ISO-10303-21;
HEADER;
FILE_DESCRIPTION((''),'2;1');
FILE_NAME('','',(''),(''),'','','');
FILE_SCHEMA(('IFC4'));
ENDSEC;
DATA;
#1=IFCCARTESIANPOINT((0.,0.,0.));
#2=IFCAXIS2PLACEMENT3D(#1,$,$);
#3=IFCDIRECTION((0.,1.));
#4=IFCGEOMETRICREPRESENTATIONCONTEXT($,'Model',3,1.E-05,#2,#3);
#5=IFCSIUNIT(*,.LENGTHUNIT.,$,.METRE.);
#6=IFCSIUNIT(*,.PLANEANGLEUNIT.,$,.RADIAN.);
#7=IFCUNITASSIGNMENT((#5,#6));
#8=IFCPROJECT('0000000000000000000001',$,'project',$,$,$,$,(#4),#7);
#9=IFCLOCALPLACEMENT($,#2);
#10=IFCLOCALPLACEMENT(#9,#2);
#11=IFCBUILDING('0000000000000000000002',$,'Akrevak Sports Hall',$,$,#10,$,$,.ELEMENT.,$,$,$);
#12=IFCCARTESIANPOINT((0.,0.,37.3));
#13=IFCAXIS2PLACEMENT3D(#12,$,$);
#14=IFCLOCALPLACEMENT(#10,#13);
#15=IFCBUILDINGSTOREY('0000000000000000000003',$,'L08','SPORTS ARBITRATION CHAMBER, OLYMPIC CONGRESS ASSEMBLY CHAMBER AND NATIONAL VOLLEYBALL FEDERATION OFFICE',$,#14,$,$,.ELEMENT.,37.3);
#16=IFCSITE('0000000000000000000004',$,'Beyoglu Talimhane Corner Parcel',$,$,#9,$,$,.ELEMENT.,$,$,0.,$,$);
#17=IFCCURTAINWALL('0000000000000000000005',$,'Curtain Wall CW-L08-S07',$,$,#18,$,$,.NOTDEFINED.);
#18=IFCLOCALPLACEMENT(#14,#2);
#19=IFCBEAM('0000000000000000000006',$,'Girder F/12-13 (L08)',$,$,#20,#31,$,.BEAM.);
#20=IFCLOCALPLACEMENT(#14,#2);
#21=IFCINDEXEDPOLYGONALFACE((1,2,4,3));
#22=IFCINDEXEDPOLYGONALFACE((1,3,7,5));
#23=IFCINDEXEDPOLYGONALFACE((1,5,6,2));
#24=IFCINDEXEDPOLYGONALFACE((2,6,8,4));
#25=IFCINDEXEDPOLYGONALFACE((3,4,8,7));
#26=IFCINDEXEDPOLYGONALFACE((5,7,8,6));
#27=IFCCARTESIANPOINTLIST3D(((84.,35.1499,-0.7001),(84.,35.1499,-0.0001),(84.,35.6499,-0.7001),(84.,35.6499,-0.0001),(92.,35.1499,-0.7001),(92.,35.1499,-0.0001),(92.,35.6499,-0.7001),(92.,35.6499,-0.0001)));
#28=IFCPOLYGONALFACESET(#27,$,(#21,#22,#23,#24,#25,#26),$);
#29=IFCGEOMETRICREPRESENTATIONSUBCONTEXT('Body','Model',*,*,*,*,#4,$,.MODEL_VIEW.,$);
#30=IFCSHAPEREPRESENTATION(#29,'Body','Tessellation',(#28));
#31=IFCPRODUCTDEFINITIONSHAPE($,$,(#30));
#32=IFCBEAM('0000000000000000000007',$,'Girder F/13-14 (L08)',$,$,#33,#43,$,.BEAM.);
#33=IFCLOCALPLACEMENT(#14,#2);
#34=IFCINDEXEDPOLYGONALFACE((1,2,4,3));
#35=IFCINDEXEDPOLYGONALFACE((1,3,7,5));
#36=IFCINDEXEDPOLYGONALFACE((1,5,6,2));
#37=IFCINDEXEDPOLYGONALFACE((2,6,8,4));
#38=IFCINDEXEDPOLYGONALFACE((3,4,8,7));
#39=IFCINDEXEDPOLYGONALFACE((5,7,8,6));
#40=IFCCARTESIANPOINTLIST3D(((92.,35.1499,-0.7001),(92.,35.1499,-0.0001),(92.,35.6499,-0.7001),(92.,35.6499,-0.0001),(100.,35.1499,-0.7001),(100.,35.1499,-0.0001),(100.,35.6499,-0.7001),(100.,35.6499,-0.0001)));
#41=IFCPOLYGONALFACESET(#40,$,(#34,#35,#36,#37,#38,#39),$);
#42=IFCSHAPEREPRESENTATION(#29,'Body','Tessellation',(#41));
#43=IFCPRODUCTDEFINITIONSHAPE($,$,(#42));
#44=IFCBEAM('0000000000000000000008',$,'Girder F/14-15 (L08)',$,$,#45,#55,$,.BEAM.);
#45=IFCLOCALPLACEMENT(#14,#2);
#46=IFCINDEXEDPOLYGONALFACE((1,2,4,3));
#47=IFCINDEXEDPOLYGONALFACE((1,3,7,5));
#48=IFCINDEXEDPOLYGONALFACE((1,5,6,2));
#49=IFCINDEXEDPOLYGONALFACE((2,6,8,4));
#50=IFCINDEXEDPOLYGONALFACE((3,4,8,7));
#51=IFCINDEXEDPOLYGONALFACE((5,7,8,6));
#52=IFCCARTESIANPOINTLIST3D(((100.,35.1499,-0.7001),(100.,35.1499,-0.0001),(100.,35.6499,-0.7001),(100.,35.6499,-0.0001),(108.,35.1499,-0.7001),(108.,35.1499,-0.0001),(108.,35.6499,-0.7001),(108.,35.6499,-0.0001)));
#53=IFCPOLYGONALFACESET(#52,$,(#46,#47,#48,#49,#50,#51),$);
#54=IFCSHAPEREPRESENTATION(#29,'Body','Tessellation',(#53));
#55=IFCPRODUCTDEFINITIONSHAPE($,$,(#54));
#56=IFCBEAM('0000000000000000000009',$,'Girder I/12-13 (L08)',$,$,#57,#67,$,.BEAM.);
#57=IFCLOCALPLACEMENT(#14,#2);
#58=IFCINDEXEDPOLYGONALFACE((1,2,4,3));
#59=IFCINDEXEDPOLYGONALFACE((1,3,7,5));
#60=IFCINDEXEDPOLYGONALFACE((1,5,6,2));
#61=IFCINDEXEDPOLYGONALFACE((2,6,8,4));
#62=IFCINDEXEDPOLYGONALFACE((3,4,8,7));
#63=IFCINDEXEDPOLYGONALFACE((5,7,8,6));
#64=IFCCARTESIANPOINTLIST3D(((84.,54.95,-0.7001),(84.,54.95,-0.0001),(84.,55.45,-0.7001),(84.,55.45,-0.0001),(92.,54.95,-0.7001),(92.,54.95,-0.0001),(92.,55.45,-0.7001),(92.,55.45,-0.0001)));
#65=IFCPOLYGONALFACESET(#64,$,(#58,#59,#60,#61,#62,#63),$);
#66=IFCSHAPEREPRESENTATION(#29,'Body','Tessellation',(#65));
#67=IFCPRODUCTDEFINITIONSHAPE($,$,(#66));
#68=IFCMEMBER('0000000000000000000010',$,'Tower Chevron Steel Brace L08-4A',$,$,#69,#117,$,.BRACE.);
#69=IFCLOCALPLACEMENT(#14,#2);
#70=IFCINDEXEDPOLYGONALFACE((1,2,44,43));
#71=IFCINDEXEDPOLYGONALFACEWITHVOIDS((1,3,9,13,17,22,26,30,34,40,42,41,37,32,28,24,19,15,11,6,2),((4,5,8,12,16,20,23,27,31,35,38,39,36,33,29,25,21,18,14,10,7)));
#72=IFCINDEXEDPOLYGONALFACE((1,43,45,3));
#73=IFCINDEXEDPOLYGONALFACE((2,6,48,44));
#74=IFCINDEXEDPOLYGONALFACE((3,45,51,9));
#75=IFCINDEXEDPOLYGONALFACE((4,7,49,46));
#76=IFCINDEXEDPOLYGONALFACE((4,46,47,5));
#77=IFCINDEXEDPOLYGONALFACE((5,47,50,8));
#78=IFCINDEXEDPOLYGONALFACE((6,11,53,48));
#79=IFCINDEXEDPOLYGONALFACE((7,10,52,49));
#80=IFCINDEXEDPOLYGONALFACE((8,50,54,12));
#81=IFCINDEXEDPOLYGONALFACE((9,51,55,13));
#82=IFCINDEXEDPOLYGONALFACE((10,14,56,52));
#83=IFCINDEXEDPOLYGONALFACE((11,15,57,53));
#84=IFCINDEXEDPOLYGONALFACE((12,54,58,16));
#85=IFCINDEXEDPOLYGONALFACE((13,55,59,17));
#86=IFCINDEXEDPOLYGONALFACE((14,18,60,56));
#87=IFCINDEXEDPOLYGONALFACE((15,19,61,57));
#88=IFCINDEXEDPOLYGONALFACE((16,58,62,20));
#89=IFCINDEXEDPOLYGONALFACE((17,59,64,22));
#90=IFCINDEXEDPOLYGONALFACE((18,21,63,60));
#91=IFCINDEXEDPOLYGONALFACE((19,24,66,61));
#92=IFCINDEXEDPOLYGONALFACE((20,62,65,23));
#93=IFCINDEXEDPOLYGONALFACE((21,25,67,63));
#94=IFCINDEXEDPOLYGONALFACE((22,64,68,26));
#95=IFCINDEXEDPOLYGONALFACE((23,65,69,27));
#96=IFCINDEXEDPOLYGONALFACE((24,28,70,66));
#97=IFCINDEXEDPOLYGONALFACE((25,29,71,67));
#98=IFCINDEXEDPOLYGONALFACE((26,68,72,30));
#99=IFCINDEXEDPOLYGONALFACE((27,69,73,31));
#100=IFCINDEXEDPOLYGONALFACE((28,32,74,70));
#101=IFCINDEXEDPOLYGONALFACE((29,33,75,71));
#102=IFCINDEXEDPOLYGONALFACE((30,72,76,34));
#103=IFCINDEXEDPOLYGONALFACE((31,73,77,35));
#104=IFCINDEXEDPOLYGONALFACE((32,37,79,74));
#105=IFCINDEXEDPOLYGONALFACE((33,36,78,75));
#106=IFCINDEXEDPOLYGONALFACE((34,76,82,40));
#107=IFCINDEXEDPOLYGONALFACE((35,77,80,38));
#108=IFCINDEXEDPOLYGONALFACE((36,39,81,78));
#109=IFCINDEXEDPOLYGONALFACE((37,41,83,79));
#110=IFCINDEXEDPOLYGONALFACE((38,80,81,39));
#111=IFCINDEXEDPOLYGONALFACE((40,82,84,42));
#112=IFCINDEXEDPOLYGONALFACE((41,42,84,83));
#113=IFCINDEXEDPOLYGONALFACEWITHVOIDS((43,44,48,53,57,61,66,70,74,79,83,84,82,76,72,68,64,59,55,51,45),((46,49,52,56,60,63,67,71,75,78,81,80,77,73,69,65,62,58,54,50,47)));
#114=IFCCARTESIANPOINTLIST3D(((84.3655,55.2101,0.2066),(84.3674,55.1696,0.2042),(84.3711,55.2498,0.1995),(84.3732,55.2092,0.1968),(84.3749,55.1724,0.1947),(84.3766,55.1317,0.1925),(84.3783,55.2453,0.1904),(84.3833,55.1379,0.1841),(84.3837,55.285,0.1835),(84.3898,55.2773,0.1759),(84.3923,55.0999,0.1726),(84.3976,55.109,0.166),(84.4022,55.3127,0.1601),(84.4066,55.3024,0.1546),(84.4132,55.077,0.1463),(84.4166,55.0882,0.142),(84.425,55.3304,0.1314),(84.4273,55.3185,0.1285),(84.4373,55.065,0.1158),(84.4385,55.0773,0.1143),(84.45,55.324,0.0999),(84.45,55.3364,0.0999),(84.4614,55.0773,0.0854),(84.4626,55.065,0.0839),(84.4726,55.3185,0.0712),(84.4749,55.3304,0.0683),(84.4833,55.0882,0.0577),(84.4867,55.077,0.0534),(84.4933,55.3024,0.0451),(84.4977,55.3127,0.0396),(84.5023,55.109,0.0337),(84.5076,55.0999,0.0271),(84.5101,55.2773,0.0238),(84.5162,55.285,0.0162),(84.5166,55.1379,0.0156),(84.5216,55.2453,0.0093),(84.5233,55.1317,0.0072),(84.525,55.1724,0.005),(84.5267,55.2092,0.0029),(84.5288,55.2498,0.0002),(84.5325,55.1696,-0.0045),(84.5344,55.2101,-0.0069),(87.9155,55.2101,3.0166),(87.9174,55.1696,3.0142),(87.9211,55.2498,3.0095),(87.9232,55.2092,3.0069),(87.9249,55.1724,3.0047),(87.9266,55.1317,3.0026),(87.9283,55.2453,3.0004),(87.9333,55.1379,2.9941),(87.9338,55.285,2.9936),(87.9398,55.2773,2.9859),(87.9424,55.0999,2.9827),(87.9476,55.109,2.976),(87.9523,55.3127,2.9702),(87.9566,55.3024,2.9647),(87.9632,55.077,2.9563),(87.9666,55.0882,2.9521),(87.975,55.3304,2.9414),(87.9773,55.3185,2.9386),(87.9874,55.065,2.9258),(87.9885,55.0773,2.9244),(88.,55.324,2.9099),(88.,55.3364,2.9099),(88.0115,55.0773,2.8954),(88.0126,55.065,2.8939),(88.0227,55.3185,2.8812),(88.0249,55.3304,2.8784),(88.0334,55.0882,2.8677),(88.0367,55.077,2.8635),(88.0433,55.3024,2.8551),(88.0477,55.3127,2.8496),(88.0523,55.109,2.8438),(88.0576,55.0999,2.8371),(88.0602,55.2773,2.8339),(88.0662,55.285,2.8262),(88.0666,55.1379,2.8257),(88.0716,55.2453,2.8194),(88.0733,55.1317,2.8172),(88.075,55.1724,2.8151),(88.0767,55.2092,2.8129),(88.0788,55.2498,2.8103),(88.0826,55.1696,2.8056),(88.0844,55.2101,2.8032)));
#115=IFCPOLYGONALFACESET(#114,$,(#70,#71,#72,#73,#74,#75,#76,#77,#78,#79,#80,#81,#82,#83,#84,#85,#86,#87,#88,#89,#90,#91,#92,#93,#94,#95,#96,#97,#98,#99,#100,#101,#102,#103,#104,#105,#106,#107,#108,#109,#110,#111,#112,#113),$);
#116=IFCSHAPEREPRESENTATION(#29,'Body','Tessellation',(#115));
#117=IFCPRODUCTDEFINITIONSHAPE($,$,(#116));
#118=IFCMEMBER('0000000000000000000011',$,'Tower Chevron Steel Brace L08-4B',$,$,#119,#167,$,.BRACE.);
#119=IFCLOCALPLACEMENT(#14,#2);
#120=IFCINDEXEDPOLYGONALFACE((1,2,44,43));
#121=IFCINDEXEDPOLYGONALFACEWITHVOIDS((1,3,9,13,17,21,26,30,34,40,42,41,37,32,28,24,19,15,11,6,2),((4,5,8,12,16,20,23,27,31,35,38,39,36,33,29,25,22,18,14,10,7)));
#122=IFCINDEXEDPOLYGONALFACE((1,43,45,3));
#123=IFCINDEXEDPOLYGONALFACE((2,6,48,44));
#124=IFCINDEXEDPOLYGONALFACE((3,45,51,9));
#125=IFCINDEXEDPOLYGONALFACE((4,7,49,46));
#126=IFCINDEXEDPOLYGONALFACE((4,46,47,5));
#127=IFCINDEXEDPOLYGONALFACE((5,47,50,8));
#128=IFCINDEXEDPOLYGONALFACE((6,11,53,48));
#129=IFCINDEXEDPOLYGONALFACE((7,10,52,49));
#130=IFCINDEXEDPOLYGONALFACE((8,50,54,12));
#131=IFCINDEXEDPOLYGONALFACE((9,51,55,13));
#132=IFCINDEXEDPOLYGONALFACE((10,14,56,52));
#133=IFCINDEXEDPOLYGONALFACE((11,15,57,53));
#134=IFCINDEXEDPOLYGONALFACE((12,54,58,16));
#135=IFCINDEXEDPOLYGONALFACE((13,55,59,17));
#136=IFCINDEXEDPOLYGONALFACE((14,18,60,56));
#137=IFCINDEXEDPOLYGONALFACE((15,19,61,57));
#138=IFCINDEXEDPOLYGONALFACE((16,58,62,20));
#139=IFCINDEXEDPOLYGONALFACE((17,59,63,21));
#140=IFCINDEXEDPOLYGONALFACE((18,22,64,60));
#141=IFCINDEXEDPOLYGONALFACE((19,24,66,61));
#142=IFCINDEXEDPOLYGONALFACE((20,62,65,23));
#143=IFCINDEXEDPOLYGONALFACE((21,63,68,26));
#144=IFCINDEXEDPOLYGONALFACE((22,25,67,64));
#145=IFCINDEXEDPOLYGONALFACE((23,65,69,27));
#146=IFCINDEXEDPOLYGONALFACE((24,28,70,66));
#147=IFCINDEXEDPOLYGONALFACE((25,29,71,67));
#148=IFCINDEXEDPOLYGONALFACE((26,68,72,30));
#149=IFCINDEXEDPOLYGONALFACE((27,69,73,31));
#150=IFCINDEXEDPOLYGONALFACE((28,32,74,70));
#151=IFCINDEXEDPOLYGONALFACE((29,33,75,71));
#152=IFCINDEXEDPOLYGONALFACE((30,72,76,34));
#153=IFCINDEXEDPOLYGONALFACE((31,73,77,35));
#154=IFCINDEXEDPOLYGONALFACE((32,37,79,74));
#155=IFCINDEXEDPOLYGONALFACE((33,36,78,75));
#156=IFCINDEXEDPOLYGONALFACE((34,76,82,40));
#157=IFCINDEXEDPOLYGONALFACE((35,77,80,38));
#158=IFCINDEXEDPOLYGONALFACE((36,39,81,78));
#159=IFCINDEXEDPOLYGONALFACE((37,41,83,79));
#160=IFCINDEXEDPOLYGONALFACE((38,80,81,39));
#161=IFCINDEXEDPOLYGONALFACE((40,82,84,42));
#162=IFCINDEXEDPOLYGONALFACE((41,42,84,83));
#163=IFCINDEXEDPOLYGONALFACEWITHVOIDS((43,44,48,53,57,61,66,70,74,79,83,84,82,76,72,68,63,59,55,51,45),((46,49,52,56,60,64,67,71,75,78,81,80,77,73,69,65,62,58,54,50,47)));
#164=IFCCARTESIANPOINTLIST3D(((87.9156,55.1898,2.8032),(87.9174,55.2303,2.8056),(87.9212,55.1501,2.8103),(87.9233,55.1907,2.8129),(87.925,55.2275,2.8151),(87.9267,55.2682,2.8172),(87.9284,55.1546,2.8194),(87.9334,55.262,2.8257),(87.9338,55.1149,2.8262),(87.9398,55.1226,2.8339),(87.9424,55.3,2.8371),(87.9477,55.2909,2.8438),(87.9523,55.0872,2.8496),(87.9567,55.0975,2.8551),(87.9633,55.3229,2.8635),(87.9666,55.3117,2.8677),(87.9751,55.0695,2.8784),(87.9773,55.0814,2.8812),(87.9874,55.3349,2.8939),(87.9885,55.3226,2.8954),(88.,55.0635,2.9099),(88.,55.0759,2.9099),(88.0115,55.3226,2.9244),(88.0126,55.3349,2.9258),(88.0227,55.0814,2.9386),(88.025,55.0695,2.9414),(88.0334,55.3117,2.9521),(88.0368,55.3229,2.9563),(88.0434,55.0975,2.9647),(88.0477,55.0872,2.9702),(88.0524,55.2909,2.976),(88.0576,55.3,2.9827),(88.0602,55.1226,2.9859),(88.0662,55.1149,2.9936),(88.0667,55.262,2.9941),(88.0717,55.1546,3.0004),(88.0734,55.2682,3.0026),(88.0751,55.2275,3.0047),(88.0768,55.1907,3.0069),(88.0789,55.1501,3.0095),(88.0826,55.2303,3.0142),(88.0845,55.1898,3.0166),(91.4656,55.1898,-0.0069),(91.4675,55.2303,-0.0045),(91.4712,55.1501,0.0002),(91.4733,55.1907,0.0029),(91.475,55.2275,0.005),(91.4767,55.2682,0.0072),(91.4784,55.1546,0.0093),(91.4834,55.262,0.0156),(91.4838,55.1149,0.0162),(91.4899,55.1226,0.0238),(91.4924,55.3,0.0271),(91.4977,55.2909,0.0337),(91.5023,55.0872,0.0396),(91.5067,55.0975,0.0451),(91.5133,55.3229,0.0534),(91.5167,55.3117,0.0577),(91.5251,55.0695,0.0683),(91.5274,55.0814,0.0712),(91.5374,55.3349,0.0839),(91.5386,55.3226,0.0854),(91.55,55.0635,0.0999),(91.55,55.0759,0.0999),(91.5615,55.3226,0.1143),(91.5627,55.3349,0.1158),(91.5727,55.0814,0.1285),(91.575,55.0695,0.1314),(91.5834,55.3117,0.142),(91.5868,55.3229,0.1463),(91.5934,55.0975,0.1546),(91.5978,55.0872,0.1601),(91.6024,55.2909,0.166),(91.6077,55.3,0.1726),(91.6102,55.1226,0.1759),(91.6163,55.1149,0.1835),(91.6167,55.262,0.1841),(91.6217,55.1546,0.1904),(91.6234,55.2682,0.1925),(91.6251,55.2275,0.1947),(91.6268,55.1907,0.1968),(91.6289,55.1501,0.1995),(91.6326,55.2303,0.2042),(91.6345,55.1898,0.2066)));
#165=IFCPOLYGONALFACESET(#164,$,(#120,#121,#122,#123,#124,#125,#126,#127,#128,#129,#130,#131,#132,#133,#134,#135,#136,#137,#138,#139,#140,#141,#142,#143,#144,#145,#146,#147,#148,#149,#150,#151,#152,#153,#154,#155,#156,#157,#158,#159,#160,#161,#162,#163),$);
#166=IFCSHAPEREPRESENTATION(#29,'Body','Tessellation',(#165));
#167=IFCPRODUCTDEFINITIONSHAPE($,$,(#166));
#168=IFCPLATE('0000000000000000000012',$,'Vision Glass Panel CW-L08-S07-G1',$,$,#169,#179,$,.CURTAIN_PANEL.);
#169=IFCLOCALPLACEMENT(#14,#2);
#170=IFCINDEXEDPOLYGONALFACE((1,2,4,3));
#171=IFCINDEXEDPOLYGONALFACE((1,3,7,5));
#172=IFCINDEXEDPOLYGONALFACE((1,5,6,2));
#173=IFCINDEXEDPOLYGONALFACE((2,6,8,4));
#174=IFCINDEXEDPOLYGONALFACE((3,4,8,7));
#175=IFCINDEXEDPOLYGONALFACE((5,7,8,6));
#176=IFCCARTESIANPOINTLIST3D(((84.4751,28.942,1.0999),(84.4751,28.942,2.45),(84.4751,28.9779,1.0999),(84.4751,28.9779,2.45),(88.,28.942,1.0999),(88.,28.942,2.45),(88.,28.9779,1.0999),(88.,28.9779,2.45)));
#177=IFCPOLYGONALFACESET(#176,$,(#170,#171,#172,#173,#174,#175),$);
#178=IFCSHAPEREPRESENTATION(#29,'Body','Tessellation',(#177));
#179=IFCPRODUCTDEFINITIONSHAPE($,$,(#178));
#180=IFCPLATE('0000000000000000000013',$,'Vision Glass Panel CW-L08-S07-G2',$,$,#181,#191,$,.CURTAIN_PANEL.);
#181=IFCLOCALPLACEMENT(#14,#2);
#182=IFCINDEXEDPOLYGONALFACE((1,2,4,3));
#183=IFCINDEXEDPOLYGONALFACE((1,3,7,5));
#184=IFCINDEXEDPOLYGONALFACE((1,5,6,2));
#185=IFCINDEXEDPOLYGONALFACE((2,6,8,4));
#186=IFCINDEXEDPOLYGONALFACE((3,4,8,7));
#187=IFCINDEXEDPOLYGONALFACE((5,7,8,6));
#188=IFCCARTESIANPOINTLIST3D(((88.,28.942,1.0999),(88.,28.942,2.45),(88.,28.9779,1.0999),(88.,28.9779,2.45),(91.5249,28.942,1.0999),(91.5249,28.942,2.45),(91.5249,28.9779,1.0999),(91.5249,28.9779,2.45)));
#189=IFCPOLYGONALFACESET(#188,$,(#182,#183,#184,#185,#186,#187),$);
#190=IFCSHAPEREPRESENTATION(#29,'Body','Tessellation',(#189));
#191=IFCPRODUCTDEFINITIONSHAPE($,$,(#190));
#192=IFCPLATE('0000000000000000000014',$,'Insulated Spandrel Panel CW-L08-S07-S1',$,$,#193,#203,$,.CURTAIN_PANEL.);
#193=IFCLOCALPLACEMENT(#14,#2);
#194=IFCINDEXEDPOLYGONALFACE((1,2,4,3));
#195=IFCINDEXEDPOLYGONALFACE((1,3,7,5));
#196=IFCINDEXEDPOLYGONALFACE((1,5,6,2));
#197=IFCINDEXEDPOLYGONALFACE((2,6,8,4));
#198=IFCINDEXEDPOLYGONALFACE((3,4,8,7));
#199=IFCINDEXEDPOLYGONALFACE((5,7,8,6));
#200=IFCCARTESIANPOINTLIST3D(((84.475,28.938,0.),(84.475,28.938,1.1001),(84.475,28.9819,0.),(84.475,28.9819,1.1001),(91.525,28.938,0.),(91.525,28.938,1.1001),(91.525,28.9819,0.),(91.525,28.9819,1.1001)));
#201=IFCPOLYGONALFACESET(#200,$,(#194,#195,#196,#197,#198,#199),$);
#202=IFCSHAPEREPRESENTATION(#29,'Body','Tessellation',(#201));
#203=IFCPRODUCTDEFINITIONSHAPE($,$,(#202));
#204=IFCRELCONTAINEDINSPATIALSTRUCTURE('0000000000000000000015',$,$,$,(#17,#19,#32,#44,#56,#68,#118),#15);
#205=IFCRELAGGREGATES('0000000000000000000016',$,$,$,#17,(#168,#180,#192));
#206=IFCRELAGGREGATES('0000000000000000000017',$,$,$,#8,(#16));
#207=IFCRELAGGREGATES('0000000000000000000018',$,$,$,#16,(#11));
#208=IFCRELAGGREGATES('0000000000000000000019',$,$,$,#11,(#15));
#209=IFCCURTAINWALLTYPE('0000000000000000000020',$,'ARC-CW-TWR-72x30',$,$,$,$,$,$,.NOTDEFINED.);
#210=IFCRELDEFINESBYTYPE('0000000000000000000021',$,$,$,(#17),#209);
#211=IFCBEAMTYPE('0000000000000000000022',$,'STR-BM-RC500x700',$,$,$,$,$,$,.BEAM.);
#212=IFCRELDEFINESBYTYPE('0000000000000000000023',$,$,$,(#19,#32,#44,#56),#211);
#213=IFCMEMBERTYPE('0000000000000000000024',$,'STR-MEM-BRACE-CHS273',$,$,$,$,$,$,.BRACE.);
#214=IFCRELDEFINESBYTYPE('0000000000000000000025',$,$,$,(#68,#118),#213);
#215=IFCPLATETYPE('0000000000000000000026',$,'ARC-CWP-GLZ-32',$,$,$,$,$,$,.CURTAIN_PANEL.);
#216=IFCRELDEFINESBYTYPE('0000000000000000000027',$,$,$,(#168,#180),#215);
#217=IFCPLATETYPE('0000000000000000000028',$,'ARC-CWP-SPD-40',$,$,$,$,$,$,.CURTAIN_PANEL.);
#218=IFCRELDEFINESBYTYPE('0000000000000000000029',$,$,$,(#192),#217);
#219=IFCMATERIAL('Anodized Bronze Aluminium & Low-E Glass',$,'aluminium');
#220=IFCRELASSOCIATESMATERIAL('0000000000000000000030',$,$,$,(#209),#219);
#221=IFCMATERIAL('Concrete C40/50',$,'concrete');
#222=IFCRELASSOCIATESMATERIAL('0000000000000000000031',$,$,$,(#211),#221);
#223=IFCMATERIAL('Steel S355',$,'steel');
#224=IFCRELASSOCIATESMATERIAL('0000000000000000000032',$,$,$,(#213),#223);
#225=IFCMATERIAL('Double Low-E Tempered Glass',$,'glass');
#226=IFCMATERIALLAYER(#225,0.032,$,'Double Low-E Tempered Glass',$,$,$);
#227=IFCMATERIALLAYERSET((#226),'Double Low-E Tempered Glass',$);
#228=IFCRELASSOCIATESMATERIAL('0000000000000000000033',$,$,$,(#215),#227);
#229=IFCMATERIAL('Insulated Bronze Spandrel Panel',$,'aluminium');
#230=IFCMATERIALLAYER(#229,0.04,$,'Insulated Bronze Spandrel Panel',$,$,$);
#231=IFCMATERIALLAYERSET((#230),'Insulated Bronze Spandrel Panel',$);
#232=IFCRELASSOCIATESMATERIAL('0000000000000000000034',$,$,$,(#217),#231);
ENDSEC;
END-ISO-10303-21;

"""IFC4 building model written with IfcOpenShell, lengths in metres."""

from ifc_helpers import new_model, si_unit, direction, frame, origin, origin_2d, place, context, subcontext, project, spatial, rectangle, hollow_circle, extrude, material, layer, layer_set, material_profile, profile_set, type_object, element, aggregate, save


model = new_model("IFC4")

# Units and contexts
model_context = context("Model", 3, precision=1e-05, world=origin(), true_north=direction((0.0, 1.0)))
body_context = subcontext(model_context, "Body", "Model", "MODEL_VIEW")
ifc_project = project(units=[si_unit("LENGTHUNIT", "METRE"), si_unit("PLANEANGLEUNIT", "RADIAN")], contexts=[model_context])

# Site, building, storey
site_placement = place(None, origin())
site = spatial("IfcSite", under=ifc_project, at=site_placement, Name="Beyoglu Talimhane Corner Parcel", CompositionType="ELEMENT", RefElevation=0.0)
building_placement = place(site_placement, origin())
building = spatial("IfcBuilding", under=site, at=building_placement, Name="Akrevak Sports Hall", CompositionType="ELEMENT")
storey_placement = place(building_placement, frame((0.0, 0.0, 37.3)))
storey = spatial("IfcBuildingStorey", under=building, at=storey_placement, Name="L08", Description="SPORTS ARBITRATION CHAMBER, OLYMPIC CONGRESS ASSEMBLY CHAMBER AND NATIONAL VOLLEYBALL FEDERATION OFFICE", CompositionType="ELEMENT", Elevation=37.3)

# Shared definitions
ifc_material_1 = material(Name="Concrete C40/50", Category="concrete")

# Curtain wall
ifc_material_2 = material(Name="Anodized Bronze Aluminium & Low-E Glass", Category="aluminium")
curtain_wall_type = type_object("IfcCurtainWallType", Name="ARC-CW-TWR-72x30", PredefinedType="NOTDEFINED", material=ifc_material_2)
curtain_wall_placement = place(storey_placement, origin())
curtain_wall = element("IfcCurtainWall", 1, at=curtain_wall_placement, inside=storey, type_object=curtain_wall_type, Name="Curtain Wall CW-L08-S07", PredefinedType="NOTDEFINED")

# Beams
ifc_material_profile_1 = material_profile(ifc_material_1, rectangle(XDim=0.5, YDim=0.7, at=origin_2d()), Name="BM 500x700", Category="concrete")
ifc_profile_set_1 = profile_set([ifc_material_profile_1], Name="Concrete C40/50")
beam_type_1 = type_object("IfcBeamType", Name="STR-BM-RC500x700", PredefinedType="BEAM", material=ifc_profile_set_1)
for number, where, z_axis, x_axis, name in (
    (2, (84.0, 35.3999, -0.3501), (1.0, 0.0, 0.0), (0.0, 1.0, 0.0), "Girder F/12-13 (L08)"),
    (3, (92.0, 35.3999, -0.3501), (1.0, 0.0, 0.0), (0.0, 1.0, 0.0), "Girder F/13-14 (L08)"),
    (4, (100.0, 35.3999, -0.3501), (1.0, 0.0, 0.0), (0.0, 1.0, 0.0), "Girder F/14-15 (L08)"),
    (5, (84.0, 55.2, -0.3501), (1.0, 0.0, 0.0), (0.0, 1.0, 0.0), "Girder I/12-13 (L08)"),
):
    element("IfcBeam", number, at=place(storey_placement, frame(where, z_axis=z_axis, x_axis=x_axis)), inside=storey, type_object=beam_type_1, Name=name, PredefinedType="BEAM", context=body_context, shape_type="SweptSolid", body=[
        extrude(rectangle(XDim=0.5, YDim=0.7, at=origin_2d()), origin(), (0.0, 0.0, 1.0), 8.0),
    ])

# Members
ifc_material_3 = material(Name="Steel S355", Category="steel")
ifc_material_profile_2 = material_profile(ifc_material_3, hollow_circle(Radius=0.1365, WallThickness=0.0125, at=origin_2d()), Name="CHS 273x12.5", Category="steel")
ifc_profile_set_2 = profile_set([ifc_material_profile_2], Name="Steel S355")
member_type_1 = type_object("IfcMemberType", Name="STR-MEM-BRACE-CHS273", PredefinedType="BRACE", material=ifc_profile_set_2)
for number, where, z_axis, x_axis, name in (
    (6, (84.45, 55.2, 0.0999), (0.784088, 0.0, 0.620649), (0.0, 1.0, 0.0), "Tower Chevron Steel Brace L08-4A"),
    (7, (91.55, 55.2, 0.0999), (-0.784088, 0.0, 0.620649), (0.0, -1.0, 0.0), "Tower Chevron Steel Brace L08-4B"),
):
    element("IfcMember", number, at=place(storey_placement, frame(where, z_axis=z_axis, x_axis=x_axis)), inside=storey, type_object=member_type_1, Name=name, PredefinedType="BRACE", context=body_context, shape_type="SweptSolid", body=[
        extrude(hollow_circle(Radius=0.1365, WallThickness=0.0125, at=origin_2d()), origin(), (0.0, 0.0, 1.0), 4.5276),
    ])

# Plates
ifc_material_4 = material(Name="Double Low-E Tempered Glass", Category="glass")
ifc_layer_1 = layer(ifc_material_4, 0.032, Name="Double Low-E Tempered Glass")
ifc_layer_set_1 = layer_set([ifc_layer_1], Name="Double Low-E Tempered Glass")
plate_type_1 = type_object("IfcPlateType", Name="ARC-CWP-GLZ-32", PredefinedType="CURTAIN_PANEL", material=ifc_layer_set_1)
plate_1_placement = place(storey_placement, frame((86.2375, 28.96, 1.0999), z_axis=(0.0, 0.0, 1.0), x_axis=(1.0, 0.0, 0.0)))
plate_1 = element("IfcPlate", 8, at=plate_1_placement, type_object=plate_type_1, Name="Vision Glass Panel CW-L08-S07-G1", PredefinedType="CURTAIN_PANEL", context=body_context, shape_type="SweptSolid", body=[
    extrude(rectangle(XDim=3.5249, YDim=0.0359, at=origin_2d()), origin(), (0.0, 0.0, 1.0), 1.3501),
])
plate_2_placement = place(storey_placement, frame((89.7625, 28.96, 1.0999), z_axis=(0.0, 0.0, 1.0), x_axis=(1.0, 0.0, 0.0)))
plate_2 = element("IfcPlate", 9, at=plate_2_placement, type_object=plate_type_1, Name="Vision Glass Panel CW-L08-S07-G2", PredefinedType="CURTAIN_PANEL", context=body_context, shape_type="SweptSolid", body=[
    extrude(rectangle(XDim=3.5249, YDim=0.0359, at=origin_2d()), origin(), (0.0, 0.0, 1.0), 1.3501),
])
ifc_material_5 = material(Name="Insulated Bronze Spandrel Panel", Category="aluminium")
ifc_layer_2 = layer(ifc_material_5, 0.04, Name="Insulated Bronze Spandrel Panel")
ifc_layer_set_2 = layer_set([ifc_layer_2], Name="Insulated Bronze Spandrel Panel")
plate_type_2 = type_object("IfcPlateType", Name="ARC-CWP-SPD-40", PredefinedType="CURTAIN_PANEL", material=ifc_layer_set_2)
plate_3_placement = place(storey_placement, frame((88.0, 28.96, 0.0), z_axis=(0.0, 0.0, 1.0), x_axis=(1.0, 0.0, 0.0)))
plate_3 = element("IfcPlate", 10, at=plate_3_placement, type_object=plate_type_2, Name="Insulated Spandrel Panel CW-L08-S07-S1", PredefinedType="CURTAIN_PANEL", context=body_context, shape_type="SweptSolid", body=[
    extrude(rectangle(XDim=7.05, YDim=0.0439, at=origin_2d()), origin(), (0.0, 0.0, 1.0), 1.1001),
])
aggregate(curtain_wall, [plate_1, plate_2, plate_3])

save(model, "model.ifc")
